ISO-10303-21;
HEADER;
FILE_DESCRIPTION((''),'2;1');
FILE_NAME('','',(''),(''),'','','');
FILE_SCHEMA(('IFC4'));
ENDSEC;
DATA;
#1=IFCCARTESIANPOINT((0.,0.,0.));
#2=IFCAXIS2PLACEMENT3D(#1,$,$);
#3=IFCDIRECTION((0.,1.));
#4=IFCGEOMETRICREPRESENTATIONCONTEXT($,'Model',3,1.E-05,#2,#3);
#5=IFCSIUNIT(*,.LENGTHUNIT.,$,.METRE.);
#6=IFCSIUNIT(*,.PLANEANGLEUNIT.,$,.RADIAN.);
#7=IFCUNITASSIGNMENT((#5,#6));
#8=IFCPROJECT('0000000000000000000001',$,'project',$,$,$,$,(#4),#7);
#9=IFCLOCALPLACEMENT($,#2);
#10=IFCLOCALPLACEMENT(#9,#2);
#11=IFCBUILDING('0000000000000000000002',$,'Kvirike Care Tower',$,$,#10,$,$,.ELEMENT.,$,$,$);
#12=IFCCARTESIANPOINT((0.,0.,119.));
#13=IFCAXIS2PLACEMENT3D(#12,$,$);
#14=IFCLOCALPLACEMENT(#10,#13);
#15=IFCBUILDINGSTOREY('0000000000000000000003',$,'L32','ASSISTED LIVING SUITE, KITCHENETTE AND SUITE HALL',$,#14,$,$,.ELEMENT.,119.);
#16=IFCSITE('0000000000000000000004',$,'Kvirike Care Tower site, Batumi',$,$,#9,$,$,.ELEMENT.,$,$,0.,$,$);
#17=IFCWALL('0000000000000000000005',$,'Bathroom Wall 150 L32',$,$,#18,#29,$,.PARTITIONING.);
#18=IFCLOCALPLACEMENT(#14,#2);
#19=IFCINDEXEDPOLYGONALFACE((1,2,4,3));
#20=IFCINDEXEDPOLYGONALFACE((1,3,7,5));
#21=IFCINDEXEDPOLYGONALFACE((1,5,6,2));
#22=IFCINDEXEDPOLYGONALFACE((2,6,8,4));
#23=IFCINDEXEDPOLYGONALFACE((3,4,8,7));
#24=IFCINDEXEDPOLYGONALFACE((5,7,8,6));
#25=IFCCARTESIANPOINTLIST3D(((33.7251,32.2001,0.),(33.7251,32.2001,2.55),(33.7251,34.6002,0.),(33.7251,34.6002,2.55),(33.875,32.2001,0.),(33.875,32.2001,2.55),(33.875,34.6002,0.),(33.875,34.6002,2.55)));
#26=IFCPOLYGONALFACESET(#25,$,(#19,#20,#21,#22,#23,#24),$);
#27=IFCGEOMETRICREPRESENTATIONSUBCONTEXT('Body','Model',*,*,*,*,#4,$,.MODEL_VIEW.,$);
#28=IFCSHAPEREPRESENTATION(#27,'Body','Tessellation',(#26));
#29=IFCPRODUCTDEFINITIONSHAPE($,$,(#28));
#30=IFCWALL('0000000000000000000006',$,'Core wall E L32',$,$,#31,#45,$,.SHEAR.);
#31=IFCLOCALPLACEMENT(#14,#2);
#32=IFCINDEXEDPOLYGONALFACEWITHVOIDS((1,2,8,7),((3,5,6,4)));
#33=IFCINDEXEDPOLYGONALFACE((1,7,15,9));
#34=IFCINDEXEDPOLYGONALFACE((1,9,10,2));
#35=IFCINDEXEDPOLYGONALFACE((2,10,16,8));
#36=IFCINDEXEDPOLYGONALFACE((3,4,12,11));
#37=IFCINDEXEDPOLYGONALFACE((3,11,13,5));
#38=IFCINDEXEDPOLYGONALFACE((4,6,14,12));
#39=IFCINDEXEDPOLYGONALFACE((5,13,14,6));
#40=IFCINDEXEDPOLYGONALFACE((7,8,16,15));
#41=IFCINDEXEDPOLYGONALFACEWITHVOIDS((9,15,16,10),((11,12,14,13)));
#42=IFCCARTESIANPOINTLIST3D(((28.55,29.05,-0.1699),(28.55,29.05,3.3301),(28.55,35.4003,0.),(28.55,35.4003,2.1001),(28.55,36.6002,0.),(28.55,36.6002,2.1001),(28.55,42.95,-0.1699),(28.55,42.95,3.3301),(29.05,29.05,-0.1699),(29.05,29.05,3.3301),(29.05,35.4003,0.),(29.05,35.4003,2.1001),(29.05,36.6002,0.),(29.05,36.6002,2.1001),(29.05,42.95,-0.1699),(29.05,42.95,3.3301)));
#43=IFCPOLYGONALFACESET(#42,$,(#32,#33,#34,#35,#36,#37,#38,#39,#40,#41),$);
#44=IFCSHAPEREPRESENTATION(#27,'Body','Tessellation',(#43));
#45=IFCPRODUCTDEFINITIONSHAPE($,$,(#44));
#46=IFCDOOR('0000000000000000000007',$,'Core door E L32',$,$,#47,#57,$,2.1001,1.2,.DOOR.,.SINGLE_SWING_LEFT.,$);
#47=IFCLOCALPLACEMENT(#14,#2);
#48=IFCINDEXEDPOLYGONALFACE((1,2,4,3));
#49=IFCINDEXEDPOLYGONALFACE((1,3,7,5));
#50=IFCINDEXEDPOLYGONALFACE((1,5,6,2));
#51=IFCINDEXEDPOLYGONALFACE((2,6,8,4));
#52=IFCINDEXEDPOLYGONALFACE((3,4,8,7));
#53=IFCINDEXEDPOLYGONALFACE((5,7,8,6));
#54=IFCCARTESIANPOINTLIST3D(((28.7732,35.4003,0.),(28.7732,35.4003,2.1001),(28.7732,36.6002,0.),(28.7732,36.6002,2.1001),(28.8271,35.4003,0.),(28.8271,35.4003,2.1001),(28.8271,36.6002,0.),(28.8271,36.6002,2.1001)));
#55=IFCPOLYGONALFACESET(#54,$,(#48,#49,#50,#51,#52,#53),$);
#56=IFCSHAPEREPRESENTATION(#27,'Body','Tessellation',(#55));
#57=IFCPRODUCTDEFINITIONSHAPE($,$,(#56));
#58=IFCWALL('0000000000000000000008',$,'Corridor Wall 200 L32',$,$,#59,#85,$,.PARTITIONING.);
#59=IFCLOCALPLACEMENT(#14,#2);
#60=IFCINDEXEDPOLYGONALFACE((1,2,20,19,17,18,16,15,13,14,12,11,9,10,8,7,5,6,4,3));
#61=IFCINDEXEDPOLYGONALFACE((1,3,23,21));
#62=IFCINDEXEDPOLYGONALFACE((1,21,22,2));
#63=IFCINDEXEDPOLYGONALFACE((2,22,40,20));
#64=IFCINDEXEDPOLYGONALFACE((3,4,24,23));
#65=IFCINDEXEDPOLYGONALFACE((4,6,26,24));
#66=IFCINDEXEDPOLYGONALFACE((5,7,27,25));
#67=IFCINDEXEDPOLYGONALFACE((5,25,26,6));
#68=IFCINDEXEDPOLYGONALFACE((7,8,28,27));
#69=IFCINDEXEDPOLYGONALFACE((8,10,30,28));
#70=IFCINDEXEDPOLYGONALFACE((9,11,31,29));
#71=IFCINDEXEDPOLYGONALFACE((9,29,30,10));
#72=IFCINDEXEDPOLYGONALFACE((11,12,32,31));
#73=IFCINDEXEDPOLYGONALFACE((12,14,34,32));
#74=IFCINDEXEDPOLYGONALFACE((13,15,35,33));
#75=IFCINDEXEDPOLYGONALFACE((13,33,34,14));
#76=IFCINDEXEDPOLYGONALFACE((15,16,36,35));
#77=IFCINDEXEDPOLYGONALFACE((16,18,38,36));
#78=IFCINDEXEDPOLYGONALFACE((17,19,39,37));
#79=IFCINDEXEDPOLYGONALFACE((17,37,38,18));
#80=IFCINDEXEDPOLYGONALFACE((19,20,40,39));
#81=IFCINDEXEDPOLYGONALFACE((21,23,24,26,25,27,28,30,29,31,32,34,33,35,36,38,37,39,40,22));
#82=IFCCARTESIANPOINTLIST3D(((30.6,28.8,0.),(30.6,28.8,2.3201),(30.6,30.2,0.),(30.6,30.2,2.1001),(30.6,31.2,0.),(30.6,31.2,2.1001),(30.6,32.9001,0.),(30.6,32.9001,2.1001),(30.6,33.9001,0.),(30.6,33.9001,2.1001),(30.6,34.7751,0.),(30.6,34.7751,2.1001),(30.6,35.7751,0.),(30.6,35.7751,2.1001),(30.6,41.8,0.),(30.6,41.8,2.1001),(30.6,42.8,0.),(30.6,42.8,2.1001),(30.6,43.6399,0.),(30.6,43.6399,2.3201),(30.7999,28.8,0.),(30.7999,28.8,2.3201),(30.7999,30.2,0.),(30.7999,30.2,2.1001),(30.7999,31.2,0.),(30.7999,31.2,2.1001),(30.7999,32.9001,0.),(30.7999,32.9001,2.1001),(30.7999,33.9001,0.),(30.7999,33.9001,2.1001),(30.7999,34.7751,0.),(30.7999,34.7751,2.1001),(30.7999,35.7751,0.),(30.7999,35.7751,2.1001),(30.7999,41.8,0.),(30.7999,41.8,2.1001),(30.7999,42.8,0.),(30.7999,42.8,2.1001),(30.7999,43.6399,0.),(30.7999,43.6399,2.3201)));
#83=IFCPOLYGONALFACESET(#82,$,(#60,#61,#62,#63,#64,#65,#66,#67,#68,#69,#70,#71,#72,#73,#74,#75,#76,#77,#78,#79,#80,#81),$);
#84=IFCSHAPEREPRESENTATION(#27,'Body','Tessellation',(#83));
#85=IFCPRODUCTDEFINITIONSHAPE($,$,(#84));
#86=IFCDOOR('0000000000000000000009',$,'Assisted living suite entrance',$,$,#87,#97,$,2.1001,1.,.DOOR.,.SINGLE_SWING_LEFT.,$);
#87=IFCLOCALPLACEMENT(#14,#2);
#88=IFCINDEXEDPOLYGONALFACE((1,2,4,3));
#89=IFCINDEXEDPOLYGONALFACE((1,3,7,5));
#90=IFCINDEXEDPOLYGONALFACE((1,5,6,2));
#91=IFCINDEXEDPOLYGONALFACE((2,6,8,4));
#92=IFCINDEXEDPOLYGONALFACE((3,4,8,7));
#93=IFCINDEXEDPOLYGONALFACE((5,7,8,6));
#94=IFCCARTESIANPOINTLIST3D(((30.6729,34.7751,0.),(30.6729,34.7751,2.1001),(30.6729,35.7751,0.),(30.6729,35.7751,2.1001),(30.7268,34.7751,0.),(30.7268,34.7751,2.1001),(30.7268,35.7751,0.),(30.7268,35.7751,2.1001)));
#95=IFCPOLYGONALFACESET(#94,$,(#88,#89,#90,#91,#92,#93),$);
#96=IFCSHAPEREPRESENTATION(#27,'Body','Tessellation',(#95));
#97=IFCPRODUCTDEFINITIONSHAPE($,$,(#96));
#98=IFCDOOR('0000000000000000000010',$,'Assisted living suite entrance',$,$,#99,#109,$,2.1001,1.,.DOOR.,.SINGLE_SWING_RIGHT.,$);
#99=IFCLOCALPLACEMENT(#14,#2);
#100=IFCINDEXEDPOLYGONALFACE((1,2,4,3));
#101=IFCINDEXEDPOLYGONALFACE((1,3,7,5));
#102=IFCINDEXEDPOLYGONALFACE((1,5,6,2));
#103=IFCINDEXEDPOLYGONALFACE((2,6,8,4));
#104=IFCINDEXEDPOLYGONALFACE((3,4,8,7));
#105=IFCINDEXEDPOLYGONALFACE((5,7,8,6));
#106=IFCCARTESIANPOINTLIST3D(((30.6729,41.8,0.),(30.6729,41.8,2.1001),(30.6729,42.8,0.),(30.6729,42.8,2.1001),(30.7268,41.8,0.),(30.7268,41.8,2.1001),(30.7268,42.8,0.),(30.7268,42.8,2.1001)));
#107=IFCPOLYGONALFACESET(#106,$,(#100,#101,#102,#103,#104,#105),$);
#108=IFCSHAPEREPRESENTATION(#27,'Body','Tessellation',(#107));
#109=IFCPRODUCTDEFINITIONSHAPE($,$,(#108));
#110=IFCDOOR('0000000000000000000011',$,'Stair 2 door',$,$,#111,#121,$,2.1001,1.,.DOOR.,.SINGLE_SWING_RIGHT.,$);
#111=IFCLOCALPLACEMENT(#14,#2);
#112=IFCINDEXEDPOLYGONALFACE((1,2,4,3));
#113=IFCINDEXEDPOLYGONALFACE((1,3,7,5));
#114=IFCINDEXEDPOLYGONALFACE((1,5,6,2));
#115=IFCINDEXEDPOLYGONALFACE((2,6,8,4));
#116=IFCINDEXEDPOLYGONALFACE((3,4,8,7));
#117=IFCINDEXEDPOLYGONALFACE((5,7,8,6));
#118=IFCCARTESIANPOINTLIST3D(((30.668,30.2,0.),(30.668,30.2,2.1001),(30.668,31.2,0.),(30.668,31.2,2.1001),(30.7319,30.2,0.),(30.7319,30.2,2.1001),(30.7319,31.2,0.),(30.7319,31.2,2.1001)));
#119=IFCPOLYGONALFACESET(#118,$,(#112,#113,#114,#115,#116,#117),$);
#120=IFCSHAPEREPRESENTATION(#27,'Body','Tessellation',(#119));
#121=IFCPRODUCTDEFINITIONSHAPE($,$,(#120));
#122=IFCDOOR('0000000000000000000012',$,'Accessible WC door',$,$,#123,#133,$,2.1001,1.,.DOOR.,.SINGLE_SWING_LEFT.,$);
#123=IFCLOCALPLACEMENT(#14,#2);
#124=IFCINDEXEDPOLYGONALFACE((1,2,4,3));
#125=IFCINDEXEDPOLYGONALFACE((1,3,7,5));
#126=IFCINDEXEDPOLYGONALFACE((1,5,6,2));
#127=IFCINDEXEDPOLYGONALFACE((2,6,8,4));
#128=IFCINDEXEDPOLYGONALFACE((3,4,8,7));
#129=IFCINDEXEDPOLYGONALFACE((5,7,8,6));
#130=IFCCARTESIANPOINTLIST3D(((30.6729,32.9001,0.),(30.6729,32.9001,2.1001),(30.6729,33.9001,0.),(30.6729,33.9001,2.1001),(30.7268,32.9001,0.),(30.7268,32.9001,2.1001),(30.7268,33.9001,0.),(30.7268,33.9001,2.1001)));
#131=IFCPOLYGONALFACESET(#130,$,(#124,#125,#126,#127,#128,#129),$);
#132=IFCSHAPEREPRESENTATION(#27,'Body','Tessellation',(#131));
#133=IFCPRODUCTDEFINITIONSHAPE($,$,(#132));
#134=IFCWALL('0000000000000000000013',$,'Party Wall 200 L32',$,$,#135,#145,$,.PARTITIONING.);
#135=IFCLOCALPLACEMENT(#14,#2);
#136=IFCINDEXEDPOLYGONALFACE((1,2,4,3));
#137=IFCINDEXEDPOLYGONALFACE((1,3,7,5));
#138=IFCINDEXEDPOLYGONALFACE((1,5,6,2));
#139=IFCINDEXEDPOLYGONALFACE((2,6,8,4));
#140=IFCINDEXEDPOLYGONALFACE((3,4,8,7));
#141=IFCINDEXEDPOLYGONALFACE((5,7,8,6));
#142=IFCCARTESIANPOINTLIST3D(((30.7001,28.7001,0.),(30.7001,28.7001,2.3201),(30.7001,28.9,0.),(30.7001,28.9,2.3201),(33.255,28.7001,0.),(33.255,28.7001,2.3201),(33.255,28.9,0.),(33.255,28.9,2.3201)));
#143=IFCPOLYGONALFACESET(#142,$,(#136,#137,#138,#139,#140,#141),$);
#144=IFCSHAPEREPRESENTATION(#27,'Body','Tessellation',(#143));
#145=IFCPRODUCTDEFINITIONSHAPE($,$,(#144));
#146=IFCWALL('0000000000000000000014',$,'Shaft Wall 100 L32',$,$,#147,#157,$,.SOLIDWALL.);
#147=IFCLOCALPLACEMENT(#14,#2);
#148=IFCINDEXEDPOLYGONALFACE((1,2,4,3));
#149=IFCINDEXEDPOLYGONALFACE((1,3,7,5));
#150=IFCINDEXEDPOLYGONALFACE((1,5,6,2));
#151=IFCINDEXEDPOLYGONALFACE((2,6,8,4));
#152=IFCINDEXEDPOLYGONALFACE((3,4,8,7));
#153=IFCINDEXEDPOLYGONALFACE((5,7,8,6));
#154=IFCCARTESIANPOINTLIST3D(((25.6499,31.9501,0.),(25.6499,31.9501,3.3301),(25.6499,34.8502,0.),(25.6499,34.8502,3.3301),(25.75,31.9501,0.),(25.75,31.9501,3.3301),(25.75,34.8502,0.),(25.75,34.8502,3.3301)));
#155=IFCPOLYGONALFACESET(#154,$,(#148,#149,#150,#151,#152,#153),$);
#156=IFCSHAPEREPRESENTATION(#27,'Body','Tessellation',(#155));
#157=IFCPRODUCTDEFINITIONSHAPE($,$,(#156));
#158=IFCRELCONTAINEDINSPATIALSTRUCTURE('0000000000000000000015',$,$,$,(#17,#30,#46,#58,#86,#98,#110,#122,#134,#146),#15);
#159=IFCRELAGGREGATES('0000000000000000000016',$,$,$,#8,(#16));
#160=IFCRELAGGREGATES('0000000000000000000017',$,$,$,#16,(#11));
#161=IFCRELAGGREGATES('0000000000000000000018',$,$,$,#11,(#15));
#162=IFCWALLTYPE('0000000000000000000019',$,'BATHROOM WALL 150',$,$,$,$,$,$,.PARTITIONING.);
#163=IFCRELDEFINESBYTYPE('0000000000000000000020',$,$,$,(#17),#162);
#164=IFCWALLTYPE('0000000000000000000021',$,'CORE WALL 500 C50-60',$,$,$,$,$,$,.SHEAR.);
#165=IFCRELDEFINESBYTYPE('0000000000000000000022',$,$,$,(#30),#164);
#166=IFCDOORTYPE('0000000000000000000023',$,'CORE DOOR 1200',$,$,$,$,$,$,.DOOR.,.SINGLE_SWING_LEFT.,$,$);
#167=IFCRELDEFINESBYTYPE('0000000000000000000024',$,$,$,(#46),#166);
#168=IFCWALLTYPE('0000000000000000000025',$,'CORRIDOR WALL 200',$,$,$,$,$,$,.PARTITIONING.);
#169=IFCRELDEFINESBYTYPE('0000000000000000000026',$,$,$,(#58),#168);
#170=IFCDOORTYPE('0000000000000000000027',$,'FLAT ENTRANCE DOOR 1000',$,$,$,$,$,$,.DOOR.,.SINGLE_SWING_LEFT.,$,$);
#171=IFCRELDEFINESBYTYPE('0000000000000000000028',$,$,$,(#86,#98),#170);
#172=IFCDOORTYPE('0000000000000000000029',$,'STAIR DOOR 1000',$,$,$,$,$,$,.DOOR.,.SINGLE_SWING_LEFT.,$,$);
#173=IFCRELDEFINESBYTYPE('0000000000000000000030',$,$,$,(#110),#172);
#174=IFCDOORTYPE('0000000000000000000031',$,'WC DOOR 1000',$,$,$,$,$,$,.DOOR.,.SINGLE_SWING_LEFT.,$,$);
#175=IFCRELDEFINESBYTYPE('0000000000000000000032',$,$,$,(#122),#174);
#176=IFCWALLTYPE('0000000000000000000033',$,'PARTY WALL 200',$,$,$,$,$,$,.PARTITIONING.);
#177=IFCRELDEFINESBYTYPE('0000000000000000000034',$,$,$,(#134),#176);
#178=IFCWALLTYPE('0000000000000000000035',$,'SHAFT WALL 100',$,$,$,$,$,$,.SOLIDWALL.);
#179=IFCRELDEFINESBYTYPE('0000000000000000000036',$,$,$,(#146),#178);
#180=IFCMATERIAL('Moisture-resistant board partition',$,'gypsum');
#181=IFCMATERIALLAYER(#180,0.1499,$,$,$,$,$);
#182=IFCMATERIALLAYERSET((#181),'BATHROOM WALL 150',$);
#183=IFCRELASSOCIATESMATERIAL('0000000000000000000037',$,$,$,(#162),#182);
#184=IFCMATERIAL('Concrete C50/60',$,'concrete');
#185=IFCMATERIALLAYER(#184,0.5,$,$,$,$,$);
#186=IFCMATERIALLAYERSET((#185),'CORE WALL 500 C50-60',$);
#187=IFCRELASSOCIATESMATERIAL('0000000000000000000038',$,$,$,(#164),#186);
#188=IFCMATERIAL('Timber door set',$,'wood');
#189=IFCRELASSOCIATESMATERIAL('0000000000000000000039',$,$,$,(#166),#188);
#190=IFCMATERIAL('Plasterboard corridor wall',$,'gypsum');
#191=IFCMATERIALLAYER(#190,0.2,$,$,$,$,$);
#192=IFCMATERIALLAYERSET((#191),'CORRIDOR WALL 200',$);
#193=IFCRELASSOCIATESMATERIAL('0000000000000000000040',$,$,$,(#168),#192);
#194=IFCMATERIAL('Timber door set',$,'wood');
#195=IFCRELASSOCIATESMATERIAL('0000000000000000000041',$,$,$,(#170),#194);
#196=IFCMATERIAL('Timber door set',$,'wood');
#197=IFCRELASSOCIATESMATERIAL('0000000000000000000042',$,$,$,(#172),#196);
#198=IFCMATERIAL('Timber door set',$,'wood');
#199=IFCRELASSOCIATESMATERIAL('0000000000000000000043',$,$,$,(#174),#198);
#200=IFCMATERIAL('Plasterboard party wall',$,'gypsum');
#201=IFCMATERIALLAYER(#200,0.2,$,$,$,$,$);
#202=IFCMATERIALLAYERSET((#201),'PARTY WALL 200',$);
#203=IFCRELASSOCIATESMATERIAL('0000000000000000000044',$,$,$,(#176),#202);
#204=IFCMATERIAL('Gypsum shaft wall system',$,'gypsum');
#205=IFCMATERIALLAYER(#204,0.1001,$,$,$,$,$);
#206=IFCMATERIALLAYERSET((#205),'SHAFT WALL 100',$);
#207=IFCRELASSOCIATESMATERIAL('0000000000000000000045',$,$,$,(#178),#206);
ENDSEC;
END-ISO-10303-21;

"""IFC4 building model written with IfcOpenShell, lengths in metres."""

from ifc_helpers import new_model, si_unit, direction, frame, frame_2d, origin, place, context, subcontext, project, spatial, rectangle, extrude, material, layer, layer_set, type_object, element, fill, save


model = new_model("IFC4")

# Units and contexts
model_context = context("Model", 3, precision=1e-05, world=origin(), true_north=direction((0.0, 1.0)))
body_context = subcontext(model_context, "Body", "Model", "MODEL_VIEW")
ifc_project = project(units=[si_unit("LENGTHUNIT", "METRE"), si_unit("PLANEANGLEUNIT", "RADIAN")], contexts=[model_context])

# Site, building, storey
site_placement = place(None, origin())
site = spatial("IfcSite", under=ifc_project, at=site_placement, Name="Kvirike Care Tower site, Batumi", CompositionType="ELEMENT", RefElevation=0.0)
building_placement = place(site_placement, origin())
building = spatial("IfcBuilding", under=site, at=building_placement, Name="Kvirike Care Tower", CompositionType="ELEMENT")
storey_placement = place(building_placement, frame((0.0, 0.0, 119.0)))
storey = spatial("IfcBuildingStorey", under=building, at=storey_placement, Name="L32", Description="ASSISTED LIVING SUITE, KITCHENETTE AND SUITE HALL", CompositionType="ELEMENT", Elevation=119.0)

# Wall
ifc_material_1 = material(Name="Moisture-resistant board partition", Category="gypsum")
ifc_layer_1 = layer(ifc_material_1, 0.1499)
ifc_layer_set_1 = layer_set([ifc_layer_1], Name="BATHROOM WALL 150")
wall_type_1 = type_object("IfcWallType", Name="BATHROOM WALL 150", PredefinedType="PARTITIONING", material=ifc_layer_set_1)
wall_1_placement = place(storey_placement, frame((33.8, 32.2, 0.0), z_axis=(0.0, 0.0, 1.0), x_axis=(0.0, 1.0, 0.0)))
element("IfcWall", 1, at=wall_1_placement, inside=storey, type_object=wall_type_1, Name="Bathroom Wall 150 L32", PredefinedType="PARTITIONING", context=body_context, shape_type="SweptSolid", body=[
    extrude(rectangle(XDim=2.4001, YDim=0.1499, at=frame_2d((1.2002, 0.0))), origin(), (0.0, 0.0, 1.0), 2.55),
])

# Wall, opening, door
ifc_material_2 = material(Name="Concrete C50/60", Category="concrete")
ifc_layer_2 = layer(ifc_material_2, 0.5)
ifc_layer_set_2 = layer_set([ifc_layer_2], Name="CORE WALL 500 C50-60")
wall_type_2 = type_object("IfcWallType", Name="CORE WALL 500 C50-60", PredefinedType="SHEAR", material=ifc_layer_set_2)
wall_2_placement = place(storey_placement, frame((28.8, 29.05, -0.1699), z_axis=(0.0, 0.0, 1.0), x_axis=(0.0, 1.0, 0.0)))
wall_2 = element("IfcWall", 2, at=wall_2_placement, inside=storey, type_object=wall_type_2, Name="Core wall E L32", PredefinedType="SHEAR", context=body_context, shape_type="SweptSolid", body=[
    extrude(rectangle(XDim=13.8999, YDim=0.5, at=frame_2d((6.95, 0.0))), origin(), (0.0, 0.0, 1.0), 3.5),
])
opening_1_placement = place(wall_2_placement, frame((6.3501, 0.0, 0.1699)))
opening_1 = element("IfcOpeningElement", 3, at=opening_1_placement, cuts=wall_2, PredefinedType="OPENING", context=body_context, shape_type="SweptSolid", body=[
    extrude(rectangle(XDim=1.2, YDim=2.1001, at=frame_2d((0.6001, 1.05))), frame((0.0, 0.2605, 0.0), z_axis=(0.0, -1.0, 0.0), x_axis=(1.0, 0.0, 0.0)), (0.0, 0.0, 1.0), 0.521),
])
ifc_material_3 = material(Name="Timber door set", Category="wood")
door_type_1 = type_object("IfcDoorType", Name="CORE DOOR 1200", OperationType="SINGLE_SWING_LEFT", PredefinedType="DOOR", material=ifc_material_3)
door_1_placement = place(opening_1_placement, origin())
door_1 = element("IfcDoor", 4, at=door_1_placement, inside=storey, type_object=door_type_1, Name="Core door E L32", OperationType="SINGLE_SWING_LEFT", OverallHeight=2.1001, OverallWidth=1.2, PredefinedType="DOOR", context=body_context, shape_type="SweptSolid", body=[
    extrude(rectangle(XDim=1.2, YDim=2.1001, at=frame_2d((0.6001, 1.05))), frame((0.0, 0.0269, 0.0), z_axis=(0.0, -1.0, 0.0), x_axis=(1.0, 0.0, 0.0)), (0.0, 0.0, 1.0), 0.054),
])
fill(opening_1, door_1)

# Wall, openings, doors
ifc_material_4 = material(Name="Plasterboard corridor wall", Category="gypsum")
ifc_layer_3 = layer(ifc_material_4, 0.2)
ifc_layer_set_3 = layer_set([ifc_layer_3], Name="CORRIDOR WALL 200")
wall_type_3 = type_object("IfcWallType", Name="CORRIDOR WALL 200", PredefinedType="PARTITIONING", material=ifc_layer_set_3)
wall_3_placement = place(storey_placement, frame((30.7, 28.8, 0.0), z_axis=(0.0, 0.0, 1.0), x_axis=(0.0, 1.0, 0.0)))
wall_3 = element("IfcWall", 5, at=wall_3_placement, inside=storey, type_object=wall_type_3, Name="Corridor Wall 200 L32", PredefinedType="PARTITIONING", context=body_context, shape_type="SweptSolid", body=[
    extrude(rectangle(XDim=14.8398, YDim=0.2, at=frame_2d((7.4199, 0.0))), origin(), (0.0, 0.0, 1.0), 2.3201),
])
opening_2_placement = place(wall_3_placement, frame((1.3999, 0.0, 0.0)))
opening_2 = element("IfcOpeningElement", 6, at=opening_2_placement, cuts=wall_3, PredefinedType="OPENING", context=body_context, shape_type="SweptSolid", body=[
    extrude(rectangle(XDim=1.0, YDim=2.1001, at=frame_2d((0.5, 1.05))), frame((0.0, 0.1106, 0.0), z_axis=(0.0, -1.0, 0.0), x_axis=(1.0, 0.0, 0.0)), (0.0, 0.0, 1.0), 0.2209),
])
opening_3_placement = place(wall_3_placement, frame((4.1001, 0.0, 0.0)))
opening_3 = element("IfcOpeningElement", 7, at=opening_3_placement, cuts=wall_3, PredefinedType="OPENING", context=body_context, shape_type="SweptSolid", body=[
    extrude(rectangle(XDim=1.0, YDim=2.1001, at=frame_2d((0.5, 1.05))), frame((0.0, 0.1106, 0.0), z_axis=(0.0, -1.0, 0.0), x_axis=(1.0, 0.0, 0.0)), (0.0, 0.0, 1.0), 0.2209),
])
opening_4_placement = place(wall_3_placement, frame((5.9751, 0.0, 0.0)))
opening_4 = element("IfcOpeningElement", 8, at=opening_4_placement, cuts=wall_3, PredefinedType="OPENING", context=body_context, shape_type="SweptSolid", body=[
    extrude(rectangle(XDim=1.0, YDim=2.1001, at=frame_2d((0.5, 1.05))), frame((0.0, 0.1106, 0.0), z_axis=(0.0, -1.0, 0.0), x_axis=(1.0, 0.0, 0.0)), (0.0, 0.0, 1.0), 0.2209),
])
opening_5_placement = place(wall_3_placement, frame((13.0, 0.0, 0.0)))
opening_5 = element("IfcOpeningElement", 9, at=opening_5_placement, cuts=wall_3, PredefinedType="OPENING", context=body_context, shape_type="SweptSolid", body=[
    extrude(rectangle(XDim=1.0, YDim=2.1001, at=frame_2d((0.5, 1.05))), frame((0.0, 0.1106, 0.0), z_axis=(0.0, -1.0, 0.0), x_axis=(1.0, 0.0, 0.0)), (0.0, 0.0, 1.0), 0.2209),
])
ifc_material_5 = material(Name="Timber door set", Category="wood")
door_type_2 = type_object("IfcDoorType", Name="FLAT ENTRANCE DOOR 1000", OperationType="SINGLE_SWING_LEFT", PredefinedType="DOOR", material=ifc_material_5)
door_2_placement = place(opening_4_placement, frame((1.0, 0.0, 0.0), z_axis=(0.0, 0.0, 1.0), x_axis=(-1.0, 0.0, 0.0)))
door_2 = element("IfcDoor", 10, at=door_2_placement, inside=storey, type_object=door_type_2, Name="Assisted living suite entrance", OperationType="SINGLE_SWING_LEFT", OverallHeight=2.1001, OverallWidth=1.0, PredefinedType="DOOR", context=body_context, shape_type="SweptSolid", body=[
    extrude(rectangle(XDim=1.0, YDim=2.1001, at=frame_2d((0.5, 1.05))), frame((0.0, 0.0269, 0.0), z_axis=(0.0, -1.0, 0.0), x_axis=(1.0, 0.0, 0.0)), (0.0, 0.0, 1.0), 0.054),
])
fill(opening_4, door_2)
door_3_placement = place(opening_5_placement, frame((1.0, 0.0, 0.0), z_axis=(0.0, 0.0, 1.0), x_axis=(-1.0, 0.0, 0.0)))
door_3 = element("IfcDoor", 11, at=door_3_placement, inside=storey, type_object=door_type_2, Name="Assisted living suite entrance", OperationType="SINGLE_SWING_RIGHT", OverallHeight=2.1001, OverallWidth=1.0, PredefinedType="DOOR", context=body_context, shape_type="SweptSolid", body=[
    extrude(rectangle(XDim=1.0, YDim=2.1001, at=frame_2d((0.5, 1.05))), frame((0.0, 0.0269, 0.0), z_axis=(0.0, -1.0, 0.0), x_axis=(1.0, 0.0, 0.0)), (0.0, 0.0, 1.0), 0.054),
])
fill(opening_5, door_3)
ifc_material_6 = material(Name="Timber door set", Category="wood")
door_type_3 = type_object("IfcDoorType", Name="STAIR DOOR 1000", OperationType="SINGLE_SWING_LEFT", PredefinedType="DOOR", material=ifc_material_6)
door_4_placement = place(opening_2_placement, frame((1.0, 0.0, 0.0), z_axis=(0.0, 0.0, 1.0), x_axis=(-1.0, 0.0, 0.0)))
door_4 = element("IfcDoor", 12, at=door_4_placement, inside=storey, type_object=door_type_3, Name="Stair 2 door", OperationType="SINGLE_SWING_RIGHT", OverallHeight=2.1001, OverallWidth=1.0, PredefinedType="DOOR", context=body_context, shape_type="SweptSolid", body=[
    extrude(rectangle(XDim=1.0, YDim=2.1001, at=frame_2d((0.5, 1.05))), frame((0.0, 0.032, 0.0), z_axis=(0.0, -1.0, 0.0), x_axis=(1.0, 0.0, 0.0)), (0.0, 0.0, 1.0), 0.064),
])
fill(opening_2, door_4)
ifc_material_7 = material(Name="Timber door set", Category="wood")
door_type_4 = type_object("IfcDoorType", Name="WC DOOR 1000", OperationType="SINGLE_SWING_LEFT", PredefinedType="DOOR", material=ifc_material_7)
door_5_placement = place(opening_3_placement, frame((1.0, 0.0, 0.0), z_axis=(0.0, 0.0, 1.0), x_axis=(-1.0, 0.0, 0.0)))
door_5 = element("IfcDoor", 13, at=door_5_placement, inside=storey, type_object=door_type_4, Name="Accessible WC door", OperationType="SINGLE_SWING_LEFT", OverallHeight=2.1001, OverallWidth=1.0, PredefinedType="DOOR", context=body_context, shape_type="SweptSolid", body=[
    extrude(rectangle(XDim=1.0, YDim=2.1001, at=frame_2d((0.5, 1.05))), frame((0.0, 0.0269, 0.0), z_axis=(0.0, -1.0, 0.0), x_axis=(1.0, 0.0, 0.0)), (0.0, 0.0, 1.0), 0.054),
])
fill(opening_3, door_5)

# Walls
ifc_material_8 = material(Name="Plasterboard party wall", Category="gypsum")
ifc_layer_4 = layer(ifc_material_8, 0.2)
ifc_layer_set_4 = layer_set([ifc_layer_4], Name="PARTY WALL 200")
wall_type_4 = type_object("IfcWallType", Name="PARTY WALL 200", PredefinedType="PARTITIONING", material=ifc_layer_set_4)
wall_4_placement = place(storey_placement, frame((33.2549, 28.8, 0.0), z_axis=(0.0, 0.0, 1.0), x_axis=(-1.0, 0.0, 0.0)))
element("IfcWall", 14, at=wall_4_placement, inside=storey, type_object=wall_type_4, Name="Party Wall 200 L32", PredefinedType="PARTITIONING", context=body_context, shape_type="SweptSolid", body=[
    extrude(rectangle(XDim=2.5549, YDim=0.2, at=frame_2d((1.2773, 0.0))), origin(), (0.0, 0.0, 1.0), 2.3201),
])
ifc_material_9 = material(Name="Gypsum shaft wall system", Category="gypsum")
ifc_layer_5 = layer(ifc_material_9, 0.1001)
ifc_layer_set_5 = layer_set([ifc_layer_5], Name="SHAFT WALL 100")
wall_type_5 = type_object("IfcWallType", Name="SHAFT WALL 100", PredefinedType="SOLIDWALL", material=ifc_layer_set_5)
wall_5_placement = place(storey_placement, frame((25.7, 31.95, 0.0), z_axis=(0.0, 0.0, 1.0), x_axis=(0.0, 1.0, 0.0)))
element("IfcWall", 15, at=wall_5_placement, inside=storey, type_object=wall_type_5, Name="Shaft Wall 100 L32", PredefinedType="SOLIDWALL", context=body_context, shape_type="SweptSolid", body=[
    extrude(rectangle(XDim=2.9001, YDim=0.1001, at=frame_2d((1.4502, 0.0))), origin(), (0.0, 0.0, 1.0), 3.3301),
])

save(model, "model.ifc")
